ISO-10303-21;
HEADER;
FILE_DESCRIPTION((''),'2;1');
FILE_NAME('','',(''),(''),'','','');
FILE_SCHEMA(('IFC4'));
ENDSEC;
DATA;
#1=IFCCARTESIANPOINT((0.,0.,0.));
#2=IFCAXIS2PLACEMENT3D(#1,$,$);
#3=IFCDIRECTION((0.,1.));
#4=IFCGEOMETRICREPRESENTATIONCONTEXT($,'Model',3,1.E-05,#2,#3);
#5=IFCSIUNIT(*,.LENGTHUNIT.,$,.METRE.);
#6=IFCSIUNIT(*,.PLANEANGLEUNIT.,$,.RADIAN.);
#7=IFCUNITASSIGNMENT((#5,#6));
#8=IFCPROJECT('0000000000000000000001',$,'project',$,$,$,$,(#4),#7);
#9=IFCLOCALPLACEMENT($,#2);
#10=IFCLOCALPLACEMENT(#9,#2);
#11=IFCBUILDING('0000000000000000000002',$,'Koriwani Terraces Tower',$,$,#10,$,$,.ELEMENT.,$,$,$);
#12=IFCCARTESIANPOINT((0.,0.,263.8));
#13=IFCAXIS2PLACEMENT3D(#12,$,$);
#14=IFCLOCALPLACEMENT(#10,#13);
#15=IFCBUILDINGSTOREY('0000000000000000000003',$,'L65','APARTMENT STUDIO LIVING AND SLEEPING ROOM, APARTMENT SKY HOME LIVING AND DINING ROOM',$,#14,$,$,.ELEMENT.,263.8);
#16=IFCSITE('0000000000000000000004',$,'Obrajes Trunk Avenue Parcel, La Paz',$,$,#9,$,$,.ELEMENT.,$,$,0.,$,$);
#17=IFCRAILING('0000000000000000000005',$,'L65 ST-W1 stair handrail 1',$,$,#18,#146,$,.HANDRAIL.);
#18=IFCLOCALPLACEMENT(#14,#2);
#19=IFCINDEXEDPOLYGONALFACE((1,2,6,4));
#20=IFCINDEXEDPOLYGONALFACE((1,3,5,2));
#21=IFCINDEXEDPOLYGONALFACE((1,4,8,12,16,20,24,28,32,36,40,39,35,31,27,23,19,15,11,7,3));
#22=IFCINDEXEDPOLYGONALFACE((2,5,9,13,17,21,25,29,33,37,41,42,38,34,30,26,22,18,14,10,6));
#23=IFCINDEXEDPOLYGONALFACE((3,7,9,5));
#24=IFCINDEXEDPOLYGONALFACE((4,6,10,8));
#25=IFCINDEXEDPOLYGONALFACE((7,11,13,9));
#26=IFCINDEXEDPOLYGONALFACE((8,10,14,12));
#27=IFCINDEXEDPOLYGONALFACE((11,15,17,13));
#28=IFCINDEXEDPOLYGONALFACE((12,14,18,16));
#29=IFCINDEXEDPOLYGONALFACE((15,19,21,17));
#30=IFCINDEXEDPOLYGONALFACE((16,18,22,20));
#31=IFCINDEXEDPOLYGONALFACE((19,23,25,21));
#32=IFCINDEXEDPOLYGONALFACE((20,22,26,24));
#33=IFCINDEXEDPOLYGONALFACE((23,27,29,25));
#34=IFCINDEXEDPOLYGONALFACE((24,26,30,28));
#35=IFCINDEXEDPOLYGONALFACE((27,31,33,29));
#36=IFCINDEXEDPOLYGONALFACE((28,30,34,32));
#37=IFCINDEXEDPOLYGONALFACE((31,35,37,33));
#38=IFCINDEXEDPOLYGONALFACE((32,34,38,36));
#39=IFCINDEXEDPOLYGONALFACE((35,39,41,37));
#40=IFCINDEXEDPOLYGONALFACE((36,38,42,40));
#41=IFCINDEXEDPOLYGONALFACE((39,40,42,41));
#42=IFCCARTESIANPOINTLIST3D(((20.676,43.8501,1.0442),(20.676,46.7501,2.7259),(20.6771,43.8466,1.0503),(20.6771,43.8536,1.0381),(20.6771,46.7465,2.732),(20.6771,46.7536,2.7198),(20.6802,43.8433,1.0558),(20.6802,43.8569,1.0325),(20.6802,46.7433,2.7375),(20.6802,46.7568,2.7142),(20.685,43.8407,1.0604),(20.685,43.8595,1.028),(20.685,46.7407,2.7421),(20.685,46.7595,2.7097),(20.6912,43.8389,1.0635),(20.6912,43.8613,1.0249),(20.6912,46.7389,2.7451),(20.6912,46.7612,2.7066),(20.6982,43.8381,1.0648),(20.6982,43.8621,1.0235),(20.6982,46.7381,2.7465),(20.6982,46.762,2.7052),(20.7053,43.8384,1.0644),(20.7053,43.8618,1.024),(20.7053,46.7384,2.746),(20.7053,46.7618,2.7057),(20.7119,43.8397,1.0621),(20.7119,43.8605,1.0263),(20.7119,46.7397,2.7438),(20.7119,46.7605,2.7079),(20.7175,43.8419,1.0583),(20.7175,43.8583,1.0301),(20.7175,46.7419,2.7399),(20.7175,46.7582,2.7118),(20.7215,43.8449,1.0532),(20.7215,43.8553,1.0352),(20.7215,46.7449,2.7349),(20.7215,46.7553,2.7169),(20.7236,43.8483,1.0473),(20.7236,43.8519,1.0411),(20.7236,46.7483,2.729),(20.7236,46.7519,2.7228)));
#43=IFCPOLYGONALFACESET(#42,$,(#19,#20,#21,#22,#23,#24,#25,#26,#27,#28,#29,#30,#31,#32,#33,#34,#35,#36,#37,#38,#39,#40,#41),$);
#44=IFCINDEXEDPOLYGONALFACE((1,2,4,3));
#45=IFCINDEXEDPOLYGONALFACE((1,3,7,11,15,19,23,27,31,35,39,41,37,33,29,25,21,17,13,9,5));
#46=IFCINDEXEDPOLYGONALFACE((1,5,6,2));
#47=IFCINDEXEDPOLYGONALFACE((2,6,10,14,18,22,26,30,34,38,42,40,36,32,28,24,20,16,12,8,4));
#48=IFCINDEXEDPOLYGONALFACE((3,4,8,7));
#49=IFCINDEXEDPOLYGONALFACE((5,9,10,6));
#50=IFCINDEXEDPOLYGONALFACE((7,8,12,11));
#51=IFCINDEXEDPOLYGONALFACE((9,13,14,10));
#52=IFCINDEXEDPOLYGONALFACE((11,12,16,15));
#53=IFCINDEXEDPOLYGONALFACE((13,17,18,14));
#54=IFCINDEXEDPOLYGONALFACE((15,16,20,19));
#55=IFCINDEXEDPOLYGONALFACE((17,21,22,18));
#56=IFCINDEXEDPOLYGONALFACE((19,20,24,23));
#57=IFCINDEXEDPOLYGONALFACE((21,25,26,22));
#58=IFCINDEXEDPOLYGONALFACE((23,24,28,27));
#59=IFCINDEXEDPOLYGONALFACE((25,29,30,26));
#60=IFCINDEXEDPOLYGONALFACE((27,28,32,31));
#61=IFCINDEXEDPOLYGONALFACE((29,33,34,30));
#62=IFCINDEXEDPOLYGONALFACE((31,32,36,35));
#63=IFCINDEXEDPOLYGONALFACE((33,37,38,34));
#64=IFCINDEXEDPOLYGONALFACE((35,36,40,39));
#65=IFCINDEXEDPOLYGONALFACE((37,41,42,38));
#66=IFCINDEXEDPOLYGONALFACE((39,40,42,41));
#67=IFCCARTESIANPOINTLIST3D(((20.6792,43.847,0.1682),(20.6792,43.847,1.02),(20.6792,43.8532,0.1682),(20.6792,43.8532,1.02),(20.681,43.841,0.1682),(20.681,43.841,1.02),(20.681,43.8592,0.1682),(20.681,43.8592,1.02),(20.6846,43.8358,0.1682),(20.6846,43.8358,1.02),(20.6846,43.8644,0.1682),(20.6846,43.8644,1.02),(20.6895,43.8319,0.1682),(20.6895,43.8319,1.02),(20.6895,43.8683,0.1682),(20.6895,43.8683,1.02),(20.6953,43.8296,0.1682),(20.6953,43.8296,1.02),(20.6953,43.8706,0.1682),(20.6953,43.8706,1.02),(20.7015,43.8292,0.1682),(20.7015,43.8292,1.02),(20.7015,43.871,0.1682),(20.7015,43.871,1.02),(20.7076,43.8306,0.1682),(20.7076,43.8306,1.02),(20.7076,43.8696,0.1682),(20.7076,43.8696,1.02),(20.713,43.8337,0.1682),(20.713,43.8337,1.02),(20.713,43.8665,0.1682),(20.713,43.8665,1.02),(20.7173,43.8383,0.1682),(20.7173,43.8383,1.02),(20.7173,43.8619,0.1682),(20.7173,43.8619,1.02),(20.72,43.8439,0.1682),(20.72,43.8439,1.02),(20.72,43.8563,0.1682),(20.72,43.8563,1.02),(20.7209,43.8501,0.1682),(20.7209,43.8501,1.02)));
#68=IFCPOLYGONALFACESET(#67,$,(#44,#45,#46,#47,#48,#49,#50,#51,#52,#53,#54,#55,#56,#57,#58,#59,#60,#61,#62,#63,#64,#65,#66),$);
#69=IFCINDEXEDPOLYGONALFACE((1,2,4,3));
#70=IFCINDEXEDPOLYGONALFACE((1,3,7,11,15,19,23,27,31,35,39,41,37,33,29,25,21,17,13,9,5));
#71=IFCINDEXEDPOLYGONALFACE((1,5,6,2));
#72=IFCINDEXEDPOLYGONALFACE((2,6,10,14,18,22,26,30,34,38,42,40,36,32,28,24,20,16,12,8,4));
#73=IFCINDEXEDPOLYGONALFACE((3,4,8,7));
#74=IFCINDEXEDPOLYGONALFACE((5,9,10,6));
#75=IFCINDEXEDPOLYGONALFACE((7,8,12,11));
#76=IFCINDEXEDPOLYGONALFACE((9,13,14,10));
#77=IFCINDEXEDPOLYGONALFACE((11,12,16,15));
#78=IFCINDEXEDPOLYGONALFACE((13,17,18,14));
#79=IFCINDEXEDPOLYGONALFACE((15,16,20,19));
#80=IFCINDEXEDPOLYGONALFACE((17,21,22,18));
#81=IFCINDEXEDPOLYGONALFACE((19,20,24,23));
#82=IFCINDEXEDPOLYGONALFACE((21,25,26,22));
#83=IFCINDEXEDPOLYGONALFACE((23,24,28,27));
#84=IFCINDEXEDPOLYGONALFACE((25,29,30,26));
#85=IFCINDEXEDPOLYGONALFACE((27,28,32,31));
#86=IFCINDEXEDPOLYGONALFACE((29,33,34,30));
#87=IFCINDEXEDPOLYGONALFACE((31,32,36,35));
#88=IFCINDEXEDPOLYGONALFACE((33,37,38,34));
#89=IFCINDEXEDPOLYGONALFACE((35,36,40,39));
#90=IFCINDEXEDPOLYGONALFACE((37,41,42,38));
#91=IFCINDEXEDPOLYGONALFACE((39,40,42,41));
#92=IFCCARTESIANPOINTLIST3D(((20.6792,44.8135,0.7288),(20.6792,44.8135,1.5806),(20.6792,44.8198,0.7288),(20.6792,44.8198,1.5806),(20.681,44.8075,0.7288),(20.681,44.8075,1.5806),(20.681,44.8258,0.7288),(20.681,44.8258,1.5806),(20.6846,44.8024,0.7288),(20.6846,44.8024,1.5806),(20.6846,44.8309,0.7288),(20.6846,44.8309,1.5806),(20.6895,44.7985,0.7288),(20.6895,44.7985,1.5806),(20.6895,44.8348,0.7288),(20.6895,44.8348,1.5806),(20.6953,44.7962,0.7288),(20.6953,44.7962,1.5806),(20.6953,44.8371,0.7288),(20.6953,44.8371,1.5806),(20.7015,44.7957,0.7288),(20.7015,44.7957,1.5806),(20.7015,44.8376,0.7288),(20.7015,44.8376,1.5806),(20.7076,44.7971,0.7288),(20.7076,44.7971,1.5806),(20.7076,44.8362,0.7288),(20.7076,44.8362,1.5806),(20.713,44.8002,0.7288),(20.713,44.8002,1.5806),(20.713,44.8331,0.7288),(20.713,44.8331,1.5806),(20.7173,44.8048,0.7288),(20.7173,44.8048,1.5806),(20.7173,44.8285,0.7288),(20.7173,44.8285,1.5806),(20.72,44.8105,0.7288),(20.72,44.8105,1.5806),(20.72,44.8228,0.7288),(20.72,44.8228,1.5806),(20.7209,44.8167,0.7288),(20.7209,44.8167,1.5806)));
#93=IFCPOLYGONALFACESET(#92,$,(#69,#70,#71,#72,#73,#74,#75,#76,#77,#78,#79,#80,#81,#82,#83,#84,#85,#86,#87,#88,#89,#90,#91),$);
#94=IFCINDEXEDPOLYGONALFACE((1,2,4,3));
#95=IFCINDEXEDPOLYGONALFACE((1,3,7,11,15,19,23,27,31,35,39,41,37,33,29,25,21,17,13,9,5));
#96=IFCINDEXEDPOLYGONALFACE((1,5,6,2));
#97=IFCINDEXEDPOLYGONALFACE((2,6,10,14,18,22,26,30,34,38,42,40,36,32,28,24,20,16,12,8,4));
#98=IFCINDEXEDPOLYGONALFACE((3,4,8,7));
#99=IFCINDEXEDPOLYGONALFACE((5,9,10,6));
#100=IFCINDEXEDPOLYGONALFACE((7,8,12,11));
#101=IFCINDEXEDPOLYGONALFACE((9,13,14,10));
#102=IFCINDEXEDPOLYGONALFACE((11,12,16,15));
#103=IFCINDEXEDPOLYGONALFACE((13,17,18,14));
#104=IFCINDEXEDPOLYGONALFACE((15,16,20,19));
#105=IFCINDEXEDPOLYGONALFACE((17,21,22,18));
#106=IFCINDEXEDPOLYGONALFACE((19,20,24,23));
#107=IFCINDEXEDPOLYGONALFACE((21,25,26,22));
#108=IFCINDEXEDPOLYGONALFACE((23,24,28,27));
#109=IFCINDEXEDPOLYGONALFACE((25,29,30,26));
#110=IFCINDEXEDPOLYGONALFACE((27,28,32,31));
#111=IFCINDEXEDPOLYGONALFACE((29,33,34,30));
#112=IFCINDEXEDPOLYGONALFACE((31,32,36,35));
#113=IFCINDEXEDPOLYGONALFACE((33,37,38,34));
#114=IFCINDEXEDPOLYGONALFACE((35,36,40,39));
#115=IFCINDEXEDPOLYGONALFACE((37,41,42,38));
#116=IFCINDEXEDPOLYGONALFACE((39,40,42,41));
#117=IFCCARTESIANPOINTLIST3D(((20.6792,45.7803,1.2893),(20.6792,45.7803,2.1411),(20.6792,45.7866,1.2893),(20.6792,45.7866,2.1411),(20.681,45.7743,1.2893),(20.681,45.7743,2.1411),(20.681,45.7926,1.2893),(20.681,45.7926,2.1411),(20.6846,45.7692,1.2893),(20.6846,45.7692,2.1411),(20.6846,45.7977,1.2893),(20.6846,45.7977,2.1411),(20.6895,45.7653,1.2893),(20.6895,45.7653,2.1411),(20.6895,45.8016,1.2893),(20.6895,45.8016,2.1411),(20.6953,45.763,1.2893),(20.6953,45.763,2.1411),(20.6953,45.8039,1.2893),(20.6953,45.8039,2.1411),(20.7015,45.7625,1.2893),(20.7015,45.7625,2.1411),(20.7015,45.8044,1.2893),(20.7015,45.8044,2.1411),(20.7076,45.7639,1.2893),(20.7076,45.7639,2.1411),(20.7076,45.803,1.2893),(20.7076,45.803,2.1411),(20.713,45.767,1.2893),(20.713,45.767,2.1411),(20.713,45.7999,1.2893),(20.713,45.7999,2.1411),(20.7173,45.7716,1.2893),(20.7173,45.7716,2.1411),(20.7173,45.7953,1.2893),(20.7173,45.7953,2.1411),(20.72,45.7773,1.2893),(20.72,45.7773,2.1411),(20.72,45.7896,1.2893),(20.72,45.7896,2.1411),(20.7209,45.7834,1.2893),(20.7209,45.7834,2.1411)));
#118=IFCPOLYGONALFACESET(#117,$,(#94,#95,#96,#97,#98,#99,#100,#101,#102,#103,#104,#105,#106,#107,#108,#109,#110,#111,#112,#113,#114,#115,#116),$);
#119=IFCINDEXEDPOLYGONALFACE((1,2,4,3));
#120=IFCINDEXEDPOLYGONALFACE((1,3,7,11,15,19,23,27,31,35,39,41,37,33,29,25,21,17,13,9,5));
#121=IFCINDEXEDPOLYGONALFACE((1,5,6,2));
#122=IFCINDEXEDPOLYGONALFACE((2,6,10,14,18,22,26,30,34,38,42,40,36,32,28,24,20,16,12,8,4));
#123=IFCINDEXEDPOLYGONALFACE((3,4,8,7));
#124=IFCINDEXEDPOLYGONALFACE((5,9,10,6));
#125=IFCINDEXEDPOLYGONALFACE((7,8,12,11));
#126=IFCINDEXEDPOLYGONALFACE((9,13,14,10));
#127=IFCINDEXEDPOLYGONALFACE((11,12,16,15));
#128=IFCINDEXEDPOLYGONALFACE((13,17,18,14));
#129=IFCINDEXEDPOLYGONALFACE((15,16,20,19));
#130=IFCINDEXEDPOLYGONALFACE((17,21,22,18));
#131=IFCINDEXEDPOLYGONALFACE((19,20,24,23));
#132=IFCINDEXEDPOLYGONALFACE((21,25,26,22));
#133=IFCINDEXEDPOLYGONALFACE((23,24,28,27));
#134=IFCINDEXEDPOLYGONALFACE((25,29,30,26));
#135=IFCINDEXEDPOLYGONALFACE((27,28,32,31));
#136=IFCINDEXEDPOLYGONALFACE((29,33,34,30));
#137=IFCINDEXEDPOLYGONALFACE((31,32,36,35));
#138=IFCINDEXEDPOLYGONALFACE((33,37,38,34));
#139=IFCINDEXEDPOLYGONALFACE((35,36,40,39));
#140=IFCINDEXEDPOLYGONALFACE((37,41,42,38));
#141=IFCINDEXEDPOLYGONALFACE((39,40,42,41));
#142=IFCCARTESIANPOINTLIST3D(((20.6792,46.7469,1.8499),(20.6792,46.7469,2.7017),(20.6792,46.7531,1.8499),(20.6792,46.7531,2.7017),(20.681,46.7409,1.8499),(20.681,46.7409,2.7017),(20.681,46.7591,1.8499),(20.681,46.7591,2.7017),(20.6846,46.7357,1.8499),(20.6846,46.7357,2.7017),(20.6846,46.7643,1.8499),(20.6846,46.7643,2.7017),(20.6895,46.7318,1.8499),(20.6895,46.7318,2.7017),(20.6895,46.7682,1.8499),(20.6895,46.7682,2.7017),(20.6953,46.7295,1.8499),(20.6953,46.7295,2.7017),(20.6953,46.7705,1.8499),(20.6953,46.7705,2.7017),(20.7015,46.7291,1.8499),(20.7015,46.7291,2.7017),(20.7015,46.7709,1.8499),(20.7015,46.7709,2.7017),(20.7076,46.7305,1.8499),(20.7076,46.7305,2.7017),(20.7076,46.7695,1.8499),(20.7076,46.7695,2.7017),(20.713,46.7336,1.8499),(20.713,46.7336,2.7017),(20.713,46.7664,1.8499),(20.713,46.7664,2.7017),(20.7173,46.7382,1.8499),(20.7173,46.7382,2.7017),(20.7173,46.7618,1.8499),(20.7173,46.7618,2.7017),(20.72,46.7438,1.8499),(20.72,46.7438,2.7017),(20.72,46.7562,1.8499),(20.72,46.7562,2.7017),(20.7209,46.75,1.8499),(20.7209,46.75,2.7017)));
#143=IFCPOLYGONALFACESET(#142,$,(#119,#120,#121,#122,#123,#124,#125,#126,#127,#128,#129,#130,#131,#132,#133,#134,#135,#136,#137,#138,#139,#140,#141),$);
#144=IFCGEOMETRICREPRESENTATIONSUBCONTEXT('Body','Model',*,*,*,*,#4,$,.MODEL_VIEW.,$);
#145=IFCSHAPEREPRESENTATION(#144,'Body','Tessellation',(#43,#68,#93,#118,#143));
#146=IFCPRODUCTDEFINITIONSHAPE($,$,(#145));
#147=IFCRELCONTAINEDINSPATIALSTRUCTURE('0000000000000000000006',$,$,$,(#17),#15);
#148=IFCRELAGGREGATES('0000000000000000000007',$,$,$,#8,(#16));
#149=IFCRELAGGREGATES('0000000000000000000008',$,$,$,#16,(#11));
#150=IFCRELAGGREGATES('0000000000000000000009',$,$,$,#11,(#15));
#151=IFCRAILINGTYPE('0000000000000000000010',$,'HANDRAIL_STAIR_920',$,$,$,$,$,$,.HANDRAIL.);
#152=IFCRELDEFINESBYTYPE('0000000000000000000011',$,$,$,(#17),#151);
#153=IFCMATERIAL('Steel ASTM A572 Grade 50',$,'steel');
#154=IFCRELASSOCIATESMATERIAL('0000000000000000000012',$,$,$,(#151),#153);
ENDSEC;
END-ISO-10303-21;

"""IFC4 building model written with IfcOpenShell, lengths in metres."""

from ifc_helpers import new_model, si_unit, direction, frame, origin, origin_2d, place, context, subcontext, project, spatial, circle, extrude, material, type_object, element, save


model = new_model("IFC4")

# Units and contexts
model_context = context("Model", 3, precision=1e-05, world=origin(), true_north=direction((0.0, 1.0)))
body_context = subcontext(model_context, "Body", "Model", "MODEL_VIEW")
ifc_project = project(units=[si_unit("LENGTHUNIT", "METRE"), si_unit("PLANEANGLEUNIT", "RADIAN")], contexts=[model_context])

# Site, building, storey
site_placement = place(None, origin())
site = spatial("IfcSite", under=ifc_project, at=site_placement, Name="Obrajes Trunk Avenue Parcel, La Paz", CompositionType="ELEMENT", RefElevation=0.0)
building_placement = place(site_placement, origin())
building = spatial("IfcBuilding", under=site, at=building_placement, Name="Koriwani Terraces Tower", CompositionType="ELEMENT")
storey_placement = place(building_placement, frame((0.0, 0.0, 263.8)))
storey = spatial("IfcBuildingStorey", under=building, at=storey_placement, Name="L65", Description="APARTMENT STUDIO LIVING AND SLEEPING ROOM, APARTMENT SKY HOME LIVING AND DINING ROOM", CompositionType="ELEMENT", Elevation=263.8)

# Shared definitions
ifc_material_1 = material(Name="Steel ASTM A572 Grade 50", Category="steel")

# Railing
railing_type_1 = type_object("IfcRailingType", Name="HANDRAIL_STAIR_920", PredefinedType="HANDRAIL", material=ifc_material_1)
railing_1_placement = place(storey_placement, frame((20.7, 43.8501, 0.1682)))
element("IfcRailing", 1, at=railing_1_placement, inside=storey, type_object=railing_type_1, Name="L65 ST-W1 stair handrail 1", PredefinedType="HANDRAIL", context=body_context, shape_type="SweptSolid", body=[
    extrude(circle(Radius=0.0239, at=origin_2d()), frame((0.0, 0.0, 0.876), z_axis=(0.0, 0.86507, 0.501651), x_axis=(-1.0, 0.0, 0.0)), (0.0, 0.0, 1.0), 3.3523),
    extrude(circle(Radius=0.021, at=origin_2d()), origin(), (0.0, 0.0, 1.0), 0.8518),
    extrude(circle(Radius=0.021, at=origin_2d()), frame((0.0, 0.9666, 0.5605)), (0.0, 0.0, 1.0), 0.8518),
    extrude(circle(Radius=0.021, at=origin_2d()), frame((0.0, 1.9333, 1.1211)), (0.0, 0.0, 1.0), 0.8518),
    extrude(circle(Radius=0.021, at=origin_2d()), frame((0.0, 2.8999, 1.6816)), (0.0, 0.0, 1.0), 0.8518),
])

save(model, "model.ifc")
